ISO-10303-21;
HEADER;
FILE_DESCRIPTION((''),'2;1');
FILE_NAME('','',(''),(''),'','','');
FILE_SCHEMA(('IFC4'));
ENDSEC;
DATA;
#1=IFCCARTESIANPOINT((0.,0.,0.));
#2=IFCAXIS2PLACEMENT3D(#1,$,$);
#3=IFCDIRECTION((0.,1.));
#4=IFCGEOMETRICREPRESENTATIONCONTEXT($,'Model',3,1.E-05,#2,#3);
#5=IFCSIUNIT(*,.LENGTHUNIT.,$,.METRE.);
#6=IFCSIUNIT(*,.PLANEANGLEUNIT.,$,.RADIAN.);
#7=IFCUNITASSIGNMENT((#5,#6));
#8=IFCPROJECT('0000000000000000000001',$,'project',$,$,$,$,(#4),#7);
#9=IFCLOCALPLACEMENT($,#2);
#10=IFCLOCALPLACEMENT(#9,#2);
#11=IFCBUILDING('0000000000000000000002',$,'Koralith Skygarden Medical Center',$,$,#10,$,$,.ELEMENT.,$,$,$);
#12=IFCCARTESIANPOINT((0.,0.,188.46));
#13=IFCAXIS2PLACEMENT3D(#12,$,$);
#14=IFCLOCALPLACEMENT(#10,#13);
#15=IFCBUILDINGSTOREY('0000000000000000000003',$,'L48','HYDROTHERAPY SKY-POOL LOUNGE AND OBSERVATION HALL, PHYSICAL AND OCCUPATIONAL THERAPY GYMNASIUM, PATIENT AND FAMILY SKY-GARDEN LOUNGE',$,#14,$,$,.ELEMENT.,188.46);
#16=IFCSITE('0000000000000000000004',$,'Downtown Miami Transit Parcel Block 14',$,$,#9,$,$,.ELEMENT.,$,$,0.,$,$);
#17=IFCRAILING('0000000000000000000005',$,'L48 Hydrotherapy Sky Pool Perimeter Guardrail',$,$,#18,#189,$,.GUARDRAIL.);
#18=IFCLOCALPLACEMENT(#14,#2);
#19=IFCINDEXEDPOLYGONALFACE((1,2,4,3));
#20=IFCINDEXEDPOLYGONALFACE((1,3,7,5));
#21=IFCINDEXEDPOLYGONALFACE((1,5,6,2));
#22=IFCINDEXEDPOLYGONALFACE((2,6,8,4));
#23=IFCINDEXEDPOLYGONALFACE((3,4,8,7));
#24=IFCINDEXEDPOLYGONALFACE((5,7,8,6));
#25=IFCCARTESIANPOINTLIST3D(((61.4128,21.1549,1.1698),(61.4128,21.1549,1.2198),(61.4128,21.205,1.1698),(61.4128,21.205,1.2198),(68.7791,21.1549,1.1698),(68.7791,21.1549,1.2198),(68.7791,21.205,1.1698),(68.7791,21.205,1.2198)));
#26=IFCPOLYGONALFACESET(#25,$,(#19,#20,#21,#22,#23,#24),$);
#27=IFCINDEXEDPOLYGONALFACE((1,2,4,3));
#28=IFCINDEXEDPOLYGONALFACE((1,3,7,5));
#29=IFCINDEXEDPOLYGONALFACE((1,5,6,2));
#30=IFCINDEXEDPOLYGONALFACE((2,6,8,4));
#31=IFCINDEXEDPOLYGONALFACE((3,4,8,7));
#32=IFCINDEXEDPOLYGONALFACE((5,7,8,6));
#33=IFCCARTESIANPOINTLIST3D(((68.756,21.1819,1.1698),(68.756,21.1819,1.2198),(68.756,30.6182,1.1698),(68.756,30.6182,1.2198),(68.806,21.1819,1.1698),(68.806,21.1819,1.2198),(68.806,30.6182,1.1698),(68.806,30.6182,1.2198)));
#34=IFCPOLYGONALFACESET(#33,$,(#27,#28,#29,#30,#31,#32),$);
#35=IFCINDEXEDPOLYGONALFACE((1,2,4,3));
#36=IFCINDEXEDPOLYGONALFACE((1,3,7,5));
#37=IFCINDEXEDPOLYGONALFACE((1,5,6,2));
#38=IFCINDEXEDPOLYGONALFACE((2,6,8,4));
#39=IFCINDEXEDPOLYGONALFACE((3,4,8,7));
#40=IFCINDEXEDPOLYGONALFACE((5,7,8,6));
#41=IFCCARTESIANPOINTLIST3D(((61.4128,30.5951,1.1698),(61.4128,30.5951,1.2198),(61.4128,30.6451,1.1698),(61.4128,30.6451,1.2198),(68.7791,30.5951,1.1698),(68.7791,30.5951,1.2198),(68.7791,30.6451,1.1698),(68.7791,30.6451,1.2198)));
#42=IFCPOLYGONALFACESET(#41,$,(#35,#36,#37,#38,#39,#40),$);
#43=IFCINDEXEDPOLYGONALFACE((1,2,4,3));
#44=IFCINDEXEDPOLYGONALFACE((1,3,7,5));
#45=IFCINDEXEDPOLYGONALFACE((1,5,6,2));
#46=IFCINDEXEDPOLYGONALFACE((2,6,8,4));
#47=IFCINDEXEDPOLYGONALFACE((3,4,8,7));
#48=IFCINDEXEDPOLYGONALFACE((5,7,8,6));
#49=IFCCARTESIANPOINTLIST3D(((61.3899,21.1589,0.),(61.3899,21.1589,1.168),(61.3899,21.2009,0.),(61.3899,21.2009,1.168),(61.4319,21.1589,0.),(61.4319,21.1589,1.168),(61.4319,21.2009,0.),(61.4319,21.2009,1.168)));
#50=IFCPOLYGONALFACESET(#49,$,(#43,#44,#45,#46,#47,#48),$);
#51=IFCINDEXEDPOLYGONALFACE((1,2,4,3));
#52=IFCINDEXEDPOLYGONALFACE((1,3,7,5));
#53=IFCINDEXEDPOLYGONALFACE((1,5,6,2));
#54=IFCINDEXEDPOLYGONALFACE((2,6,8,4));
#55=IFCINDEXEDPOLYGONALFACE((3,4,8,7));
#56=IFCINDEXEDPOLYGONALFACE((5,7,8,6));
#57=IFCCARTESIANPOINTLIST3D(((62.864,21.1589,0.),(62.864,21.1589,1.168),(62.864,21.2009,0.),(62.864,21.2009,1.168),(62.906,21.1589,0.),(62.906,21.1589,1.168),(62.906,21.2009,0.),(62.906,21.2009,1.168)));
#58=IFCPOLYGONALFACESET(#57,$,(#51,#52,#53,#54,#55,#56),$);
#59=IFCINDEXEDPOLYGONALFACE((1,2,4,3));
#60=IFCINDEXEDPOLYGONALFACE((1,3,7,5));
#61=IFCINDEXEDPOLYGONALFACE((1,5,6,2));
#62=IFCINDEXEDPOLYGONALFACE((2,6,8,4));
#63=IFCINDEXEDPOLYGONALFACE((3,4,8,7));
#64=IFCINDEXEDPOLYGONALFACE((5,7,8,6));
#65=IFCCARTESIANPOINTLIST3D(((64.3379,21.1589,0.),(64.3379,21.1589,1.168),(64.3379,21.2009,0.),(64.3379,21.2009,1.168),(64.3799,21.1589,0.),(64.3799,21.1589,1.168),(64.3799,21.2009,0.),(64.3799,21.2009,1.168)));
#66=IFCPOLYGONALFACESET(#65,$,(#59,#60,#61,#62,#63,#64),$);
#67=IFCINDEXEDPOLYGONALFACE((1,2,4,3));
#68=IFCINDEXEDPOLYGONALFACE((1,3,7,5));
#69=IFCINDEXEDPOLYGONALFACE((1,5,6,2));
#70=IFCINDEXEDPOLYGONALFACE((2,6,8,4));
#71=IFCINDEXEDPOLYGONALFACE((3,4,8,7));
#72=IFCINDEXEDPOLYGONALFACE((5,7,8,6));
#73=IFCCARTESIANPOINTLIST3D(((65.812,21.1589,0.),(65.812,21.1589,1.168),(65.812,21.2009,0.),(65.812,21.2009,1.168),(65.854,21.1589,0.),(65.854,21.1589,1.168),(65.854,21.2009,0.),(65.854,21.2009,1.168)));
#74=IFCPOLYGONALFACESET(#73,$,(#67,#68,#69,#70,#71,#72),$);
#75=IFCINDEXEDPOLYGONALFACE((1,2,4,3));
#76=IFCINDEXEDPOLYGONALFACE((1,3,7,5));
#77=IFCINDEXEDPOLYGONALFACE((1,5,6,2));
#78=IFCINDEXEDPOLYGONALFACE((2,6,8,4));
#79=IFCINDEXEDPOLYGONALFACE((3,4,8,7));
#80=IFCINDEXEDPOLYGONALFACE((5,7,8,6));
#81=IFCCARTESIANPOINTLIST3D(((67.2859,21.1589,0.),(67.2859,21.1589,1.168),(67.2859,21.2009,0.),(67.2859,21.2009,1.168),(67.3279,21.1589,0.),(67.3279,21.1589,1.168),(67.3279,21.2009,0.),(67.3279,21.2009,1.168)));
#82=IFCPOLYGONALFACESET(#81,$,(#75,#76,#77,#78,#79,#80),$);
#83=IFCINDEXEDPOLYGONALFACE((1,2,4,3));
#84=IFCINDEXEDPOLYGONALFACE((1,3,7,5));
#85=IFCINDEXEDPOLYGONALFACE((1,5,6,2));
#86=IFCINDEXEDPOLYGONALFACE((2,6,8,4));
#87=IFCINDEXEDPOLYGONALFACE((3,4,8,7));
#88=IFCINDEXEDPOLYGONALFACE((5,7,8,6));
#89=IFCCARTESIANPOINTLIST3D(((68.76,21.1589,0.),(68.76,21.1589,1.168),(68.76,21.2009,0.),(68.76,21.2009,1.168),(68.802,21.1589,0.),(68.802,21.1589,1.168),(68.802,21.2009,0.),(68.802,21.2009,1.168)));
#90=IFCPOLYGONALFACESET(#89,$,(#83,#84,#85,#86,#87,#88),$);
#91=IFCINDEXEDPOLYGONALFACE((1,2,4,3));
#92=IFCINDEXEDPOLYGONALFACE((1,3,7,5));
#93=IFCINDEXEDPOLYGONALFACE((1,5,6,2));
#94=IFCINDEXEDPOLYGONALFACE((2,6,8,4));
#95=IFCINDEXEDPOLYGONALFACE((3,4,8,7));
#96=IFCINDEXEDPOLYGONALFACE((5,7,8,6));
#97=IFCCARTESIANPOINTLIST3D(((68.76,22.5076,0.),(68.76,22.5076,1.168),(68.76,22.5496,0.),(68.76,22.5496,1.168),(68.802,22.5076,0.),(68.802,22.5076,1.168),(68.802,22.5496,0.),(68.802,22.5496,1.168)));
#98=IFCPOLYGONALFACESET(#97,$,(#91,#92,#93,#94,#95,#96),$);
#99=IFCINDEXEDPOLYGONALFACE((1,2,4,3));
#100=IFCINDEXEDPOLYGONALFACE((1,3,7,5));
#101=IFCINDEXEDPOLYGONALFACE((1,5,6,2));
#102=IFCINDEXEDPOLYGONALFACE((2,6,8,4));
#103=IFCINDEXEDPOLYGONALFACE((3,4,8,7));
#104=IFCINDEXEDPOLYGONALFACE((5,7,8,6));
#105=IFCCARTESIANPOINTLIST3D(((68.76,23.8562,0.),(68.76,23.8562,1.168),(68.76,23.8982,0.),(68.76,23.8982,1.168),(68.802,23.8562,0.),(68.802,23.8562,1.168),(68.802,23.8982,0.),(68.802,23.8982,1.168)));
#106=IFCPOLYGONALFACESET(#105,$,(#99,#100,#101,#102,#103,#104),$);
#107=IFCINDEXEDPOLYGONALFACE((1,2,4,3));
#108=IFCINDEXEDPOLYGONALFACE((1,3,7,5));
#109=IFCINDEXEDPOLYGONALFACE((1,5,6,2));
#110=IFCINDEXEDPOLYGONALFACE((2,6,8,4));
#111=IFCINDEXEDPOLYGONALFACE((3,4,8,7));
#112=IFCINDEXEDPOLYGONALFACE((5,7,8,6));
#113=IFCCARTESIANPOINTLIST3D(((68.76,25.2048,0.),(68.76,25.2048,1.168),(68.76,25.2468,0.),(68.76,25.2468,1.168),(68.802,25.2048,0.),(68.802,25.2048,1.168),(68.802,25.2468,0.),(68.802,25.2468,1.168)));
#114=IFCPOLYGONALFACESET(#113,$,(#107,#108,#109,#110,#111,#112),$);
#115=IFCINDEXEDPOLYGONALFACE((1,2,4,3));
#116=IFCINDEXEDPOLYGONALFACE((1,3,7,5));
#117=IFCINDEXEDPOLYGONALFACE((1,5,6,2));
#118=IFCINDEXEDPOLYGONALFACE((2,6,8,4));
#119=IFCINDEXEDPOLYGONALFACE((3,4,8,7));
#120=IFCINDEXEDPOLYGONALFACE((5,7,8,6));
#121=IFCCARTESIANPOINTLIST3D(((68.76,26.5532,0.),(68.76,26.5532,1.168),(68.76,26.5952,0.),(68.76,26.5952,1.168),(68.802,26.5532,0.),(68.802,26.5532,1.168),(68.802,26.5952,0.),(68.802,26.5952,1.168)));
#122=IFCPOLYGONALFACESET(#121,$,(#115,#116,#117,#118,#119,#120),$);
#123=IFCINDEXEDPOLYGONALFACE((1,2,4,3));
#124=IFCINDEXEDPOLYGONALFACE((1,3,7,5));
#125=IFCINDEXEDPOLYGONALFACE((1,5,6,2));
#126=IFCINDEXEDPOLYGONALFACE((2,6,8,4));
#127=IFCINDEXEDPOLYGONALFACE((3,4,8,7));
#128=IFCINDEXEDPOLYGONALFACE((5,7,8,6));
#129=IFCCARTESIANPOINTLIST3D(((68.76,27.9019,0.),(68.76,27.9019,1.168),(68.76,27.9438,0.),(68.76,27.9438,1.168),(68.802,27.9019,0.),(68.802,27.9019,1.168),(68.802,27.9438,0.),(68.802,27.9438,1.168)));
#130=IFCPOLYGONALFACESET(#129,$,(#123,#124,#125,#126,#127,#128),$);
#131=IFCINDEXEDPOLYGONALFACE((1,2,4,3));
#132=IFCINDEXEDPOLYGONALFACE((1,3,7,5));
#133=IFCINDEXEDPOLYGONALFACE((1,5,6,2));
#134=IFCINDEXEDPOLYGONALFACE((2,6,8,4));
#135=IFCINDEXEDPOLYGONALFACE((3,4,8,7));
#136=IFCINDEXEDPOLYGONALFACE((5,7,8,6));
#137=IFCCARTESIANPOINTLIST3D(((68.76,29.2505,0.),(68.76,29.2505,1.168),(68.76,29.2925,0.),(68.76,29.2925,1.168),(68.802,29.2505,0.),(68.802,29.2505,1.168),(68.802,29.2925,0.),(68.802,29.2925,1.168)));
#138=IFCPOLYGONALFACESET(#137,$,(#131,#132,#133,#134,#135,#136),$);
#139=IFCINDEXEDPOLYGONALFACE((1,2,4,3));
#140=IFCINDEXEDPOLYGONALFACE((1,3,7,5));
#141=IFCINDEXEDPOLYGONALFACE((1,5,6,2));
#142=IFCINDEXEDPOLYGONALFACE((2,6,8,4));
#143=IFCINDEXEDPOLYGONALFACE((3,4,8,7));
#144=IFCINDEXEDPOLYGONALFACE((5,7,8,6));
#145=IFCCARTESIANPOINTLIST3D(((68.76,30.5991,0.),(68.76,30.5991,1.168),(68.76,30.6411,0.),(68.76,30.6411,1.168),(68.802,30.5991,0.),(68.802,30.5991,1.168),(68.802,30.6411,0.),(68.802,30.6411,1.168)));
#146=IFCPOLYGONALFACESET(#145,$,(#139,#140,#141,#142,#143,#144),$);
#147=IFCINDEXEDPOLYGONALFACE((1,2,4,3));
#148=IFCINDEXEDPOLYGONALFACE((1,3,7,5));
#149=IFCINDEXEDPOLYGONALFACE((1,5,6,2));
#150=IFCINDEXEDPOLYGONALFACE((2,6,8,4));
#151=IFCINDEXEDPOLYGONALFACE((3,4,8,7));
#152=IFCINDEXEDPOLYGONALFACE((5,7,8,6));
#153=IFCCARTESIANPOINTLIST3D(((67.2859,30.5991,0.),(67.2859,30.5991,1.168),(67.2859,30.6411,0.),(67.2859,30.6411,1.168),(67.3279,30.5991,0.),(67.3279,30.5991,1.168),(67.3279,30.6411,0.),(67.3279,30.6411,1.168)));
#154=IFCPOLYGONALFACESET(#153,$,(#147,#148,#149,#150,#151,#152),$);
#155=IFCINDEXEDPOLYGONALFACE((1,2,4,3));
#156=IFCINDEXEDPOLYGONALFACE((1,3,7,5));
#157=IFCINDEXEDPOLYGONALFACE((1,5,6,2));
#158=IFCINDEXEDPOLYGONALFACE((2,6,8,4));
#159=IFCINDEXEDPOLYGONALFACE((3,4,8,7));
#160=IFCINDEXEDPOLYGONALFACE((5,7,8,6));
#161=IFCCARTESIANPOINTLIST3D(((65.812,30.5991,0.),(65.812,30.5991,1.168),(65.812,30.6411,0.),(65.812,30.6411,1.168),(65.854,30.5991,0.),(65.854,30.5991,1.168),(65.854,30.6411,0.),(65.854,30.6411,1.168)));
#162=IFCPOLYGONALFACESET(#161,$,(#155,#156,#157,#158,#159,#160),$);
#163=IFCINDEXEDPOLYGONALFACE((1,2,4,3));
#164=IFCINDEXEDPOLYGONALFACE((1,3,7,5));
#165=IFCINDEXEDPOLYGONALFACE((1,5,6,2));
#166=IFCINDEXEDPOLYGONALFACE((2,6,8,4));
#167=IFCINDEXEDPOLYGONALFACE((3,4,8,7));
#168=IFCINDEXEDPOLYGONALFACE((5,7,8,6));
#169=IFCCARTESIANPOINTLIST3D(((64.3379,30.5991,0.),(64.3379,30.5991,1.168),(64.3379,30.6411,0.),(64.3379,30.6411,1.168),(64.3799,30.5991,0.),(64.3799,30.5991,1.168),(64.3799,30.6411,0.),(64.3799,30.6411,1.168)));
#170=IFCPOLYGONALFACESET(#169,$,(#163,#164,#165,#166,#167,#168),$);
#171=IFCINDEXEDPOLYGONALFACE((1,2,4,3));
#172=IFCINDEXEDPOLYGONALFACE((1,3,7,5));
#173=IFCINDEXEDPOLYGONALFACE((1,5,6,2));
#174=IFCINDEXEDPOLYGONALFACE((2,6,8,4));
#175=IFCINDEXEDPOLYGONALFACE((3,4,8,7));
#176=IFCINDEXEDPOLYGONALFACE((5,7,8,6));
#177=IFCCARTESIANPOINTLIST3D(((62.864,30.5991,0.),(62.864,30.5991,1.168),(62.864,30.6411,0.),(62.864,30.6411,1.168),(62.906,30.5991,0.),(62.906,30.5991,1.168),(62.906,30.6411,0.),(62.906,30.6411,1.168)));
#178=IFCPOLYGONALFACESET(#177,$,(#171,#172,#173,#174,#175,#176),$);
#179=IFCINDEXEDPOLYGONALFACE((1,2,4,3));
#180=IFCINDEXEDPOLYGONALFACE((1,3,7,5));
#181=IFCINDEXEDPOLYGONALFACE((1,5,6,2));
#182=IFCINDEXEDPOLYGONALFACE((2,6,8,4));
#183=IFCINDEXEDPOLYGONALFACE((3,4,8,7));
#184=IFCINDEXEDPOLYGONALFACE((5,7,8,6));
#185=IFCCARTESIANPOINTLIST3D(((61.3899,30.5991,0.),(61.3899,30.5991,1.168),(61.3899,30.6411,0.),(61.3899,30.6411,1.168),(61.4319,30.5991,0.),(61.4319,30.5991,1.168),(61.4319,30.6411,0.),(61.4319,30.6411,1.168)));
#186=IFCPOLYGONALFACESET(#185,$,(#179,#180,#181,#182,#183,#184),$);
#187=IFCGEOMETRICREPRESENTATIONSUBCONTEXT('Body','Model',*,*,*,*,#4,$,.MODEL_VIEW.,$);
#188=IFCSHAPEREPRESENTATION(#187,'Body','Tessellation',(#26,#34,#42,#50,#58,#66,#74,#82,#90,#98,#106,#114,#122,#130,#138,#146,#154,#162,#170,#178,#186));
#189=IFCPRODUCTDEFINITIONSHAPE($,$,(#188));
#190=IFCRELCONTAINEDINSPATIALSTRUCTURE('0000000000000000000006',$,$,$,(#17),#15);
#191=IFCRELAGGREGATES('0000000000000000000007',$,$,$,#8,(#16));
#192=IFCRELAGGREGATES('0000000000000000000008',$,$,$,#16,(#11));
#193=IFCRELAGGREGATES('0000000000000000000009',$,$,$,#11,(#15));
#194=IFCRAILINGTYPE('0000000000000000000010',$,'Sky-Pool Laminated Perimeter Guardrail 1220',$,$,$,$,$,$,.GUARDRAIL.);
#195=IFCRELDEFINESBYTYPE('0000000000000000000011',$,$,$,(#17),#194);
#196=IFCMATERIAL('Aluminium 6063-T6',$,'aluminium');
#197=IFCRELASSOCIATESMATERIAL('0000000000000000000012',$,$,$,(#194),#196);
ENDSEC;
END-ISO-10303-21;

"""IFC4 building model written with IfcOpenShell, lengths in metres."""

from ifc_helpers import new_model, si_unit, direction, frame, origin, origin_2d, place, context, subcontext, project, spatial, rectangle, extrude, material, type_object, element, save


model = new_model("IFC4")

# Units and contexts
model_context = context("Model", 3, precision=1e-05, world=origin(), true_north=direction((0.0, 1.0)))
body_context = subcontext(model_context, "Body", "Model", "MODEL_VIEW")
ifc_project = project(units=[si_unit("LENGTHUNIT", "METRE"), si_unit("PLANEANGLEUNIT", "RADIAN")], contexts=[model_context])

# Site, building, storey
site_placement = place(None, origin())
site = spatial("IfcSite", under=ifc_project, at=site_placement, Name="Downtown Miami Transit Parcel Block 14", CompositionType="ELEMENT", RefElevation=0.0)
building_placement = place(site_placement, origin())
building = spatial("IfcBuilding", under=site, at=building_placement, Name="Koralith Skygarden Medical Center", CompositionType="ELEMENT")
storey_placement = place(building_placement, frame((0.0, 0.0, 188.46)))
storey = spatial("IfcBuildingStorey", under=building, at=storey_placement, Name="L48", Description="HYDROTHERAPY SKY-POOL LOUNGE AND OBSERVATION HALL, PHYSICAL AND OCCUPATIONAL THERAPY GYMNASIUM, PATIENT AND FAMILY SKY-GARDEN LOUNGE", CompositionType="ELEMENT", Elevation=188.46)

# Shared definitions
ifc_material_1 = material(Name="Aluminium 6063-T6", Category="aluminium")

# Railing
railing_type = type_object("IfcRailingType", Name="Sky-Pool Laminated Perimeter Guardrail 1220", PredefinedType="GUARDRAIL", material=ifc_material_1)
railing_placement = place(storey_placement, frame((61.4109, 21.1799, 0.0)))
element("IfcRailing", 1, at=railing_placement, inside=storey, type_object=railing_type, Name="L48 Hydrotherapy Sky Pool Perimeter Guardrail", PredefinedType="GUARDRAIL", context=body_context, shape_type="SweptSolid", body=[
    extrude(rectangle(XDim=0.05, YDim=0.05, at=origin_2d()), frame((0.002, 0.0, 1.1948), z_axis=(1.0, 0.0, 0.0), x_axis=(0.0, 1.0, 0.0)), (0.0, 0.0, 1.0), 7.3662),
    extrude(rectangle(XDim=0.05, YDim=0.05, at=origin_2d()), frame((7.3701, 0.002, 1.1948), z_axis=(0.0, 1.0, 0.0), x_axis=(-1.0, 0.0, 0.0)), (0.0, 0.0, 1.0), 9.4363),
    extrude(rectangle(XDim=0.05, YDim=0.05, at=origin_2d()), frame((7.3682, 9.4402, 1.1948), z_axis=(-1.0, 0.0, 0.0), x_axis=(0.0, -1.0, 0.0)), (0.0, 0.0, 1.0), 7.3662),
    extrude(rectangle(XDim=0.042, YDim=0.042, at=origin_2d()), origin(), (0.0, 0.0, 1.0), 1.168),
    extrude(rectangle(XDim=0.042, YDim=0.042, at=origin_2d()), frame((1.4741, 0.0, 0.0)), (0.0, 0.0, 1.0), 1.168),
    extrude(rectangle(XDim=0.042, YDim=0.042, at=origin_2d()), frame((2.948, 0.0, 0.0)), (0.0, 0.0, 1.0), 1.168),
    extrude(rectangle(XDim=0.042, YDim=0.042, at=origin_2d()), frame((4.4221, 0.0, 0.0)), (0.0, 0.0, 1.0), 1.168),
    extrude(rectangle(XDim=0.042, YDim=0.042, at=origin_2d()), frame((5.896, 0.0, 0.0)), (0.0, 0.0, 1.0), 1.168),
    extrude(rectangle(XDim=0.042, YDim=0.042, at=origin_2d()), frame((7.3701, 0.0, 0.0)), (0.0, 0.0, 1.0), 1.168),
    extrude(rectangle(XDim=0.042, YDim=0.042, at=origin_2d()), frame((7.3701, 1.3486, 0.0)), (0.0, 0.0, 1.0), 1.168),
    extrude(rectangle(XDim=0.042, YDim=0.042, at=origin_2d()), frame((7.3701, 2.6973, 0.0)), (0.0, 0.0, 1.0), 1.168),
    extrude(rectangle(XDim=0.042, YDim=0.042, at=origin_2d()), frame((7.3701, 4.0459, 0.0)), (0.0, 0.0, 1.0), 1.168),
    extrude(rectangle(XDim=0.042, YDim=0.042, at=origin_2d()), frame((7.3701, 5.3943, 0.0)), (0.0, 0.0, 1.0), 1.168),
    extrude(rectangle(XDim=0.042, YDim=0.042, at=origin_2d()), frame((7.3701, 6.7429, 0.0)), (0.0, 0.0, 1.0), 1.168),
    extrude(rectangle(XDim=0.042, YDim=0.042, at=origin_2d()), frame((7.3701, 8.0916, 0.0)), (0.0, 0.0, 1.0), 1.168),
    extrude(rectangle(XDim=0.042, YDim=0.042, at=origin_2d()), frame((7.3701, 9.4402, 0.0)), (0.0, 0.0, 1.0), 1.168),
    extrude(rectangle(XDim=0.042, YDim=0.042, at=origin_2d()), frame((5.896, 9.4402, 0.0)), (0.0, 0.0, 1.0), 1.168),
    extrude(rectangle(XDim=0.042, YDim=0.042, at=origin_2d()), frame((4.4221, 9.4402, 0.0)), (0.0, 0.0, 1.0), 1.168),
    extrude(rectangle(XDim=0.042, YDim=0.042, at=origin_2d()), frame((2.948, 9.4402, 0.0)), (0.0, 0.0, 1.0), 1.168),
    extrude(rectangle(XDim=0.042, YDim=0.042, at=origin_2d()), frame((1.4741, 9.4402, 0.0)), (0.0, 0.0, 1.0), 1.168),
    extrude(rectangle(XDim=0.042, YDim=0.042, at=origin_2d()), frame((0.0, 9.4402, 0.0)), (0.0, 0.0, 1.0), 1.168),
])

save(model, "model.ifc")
